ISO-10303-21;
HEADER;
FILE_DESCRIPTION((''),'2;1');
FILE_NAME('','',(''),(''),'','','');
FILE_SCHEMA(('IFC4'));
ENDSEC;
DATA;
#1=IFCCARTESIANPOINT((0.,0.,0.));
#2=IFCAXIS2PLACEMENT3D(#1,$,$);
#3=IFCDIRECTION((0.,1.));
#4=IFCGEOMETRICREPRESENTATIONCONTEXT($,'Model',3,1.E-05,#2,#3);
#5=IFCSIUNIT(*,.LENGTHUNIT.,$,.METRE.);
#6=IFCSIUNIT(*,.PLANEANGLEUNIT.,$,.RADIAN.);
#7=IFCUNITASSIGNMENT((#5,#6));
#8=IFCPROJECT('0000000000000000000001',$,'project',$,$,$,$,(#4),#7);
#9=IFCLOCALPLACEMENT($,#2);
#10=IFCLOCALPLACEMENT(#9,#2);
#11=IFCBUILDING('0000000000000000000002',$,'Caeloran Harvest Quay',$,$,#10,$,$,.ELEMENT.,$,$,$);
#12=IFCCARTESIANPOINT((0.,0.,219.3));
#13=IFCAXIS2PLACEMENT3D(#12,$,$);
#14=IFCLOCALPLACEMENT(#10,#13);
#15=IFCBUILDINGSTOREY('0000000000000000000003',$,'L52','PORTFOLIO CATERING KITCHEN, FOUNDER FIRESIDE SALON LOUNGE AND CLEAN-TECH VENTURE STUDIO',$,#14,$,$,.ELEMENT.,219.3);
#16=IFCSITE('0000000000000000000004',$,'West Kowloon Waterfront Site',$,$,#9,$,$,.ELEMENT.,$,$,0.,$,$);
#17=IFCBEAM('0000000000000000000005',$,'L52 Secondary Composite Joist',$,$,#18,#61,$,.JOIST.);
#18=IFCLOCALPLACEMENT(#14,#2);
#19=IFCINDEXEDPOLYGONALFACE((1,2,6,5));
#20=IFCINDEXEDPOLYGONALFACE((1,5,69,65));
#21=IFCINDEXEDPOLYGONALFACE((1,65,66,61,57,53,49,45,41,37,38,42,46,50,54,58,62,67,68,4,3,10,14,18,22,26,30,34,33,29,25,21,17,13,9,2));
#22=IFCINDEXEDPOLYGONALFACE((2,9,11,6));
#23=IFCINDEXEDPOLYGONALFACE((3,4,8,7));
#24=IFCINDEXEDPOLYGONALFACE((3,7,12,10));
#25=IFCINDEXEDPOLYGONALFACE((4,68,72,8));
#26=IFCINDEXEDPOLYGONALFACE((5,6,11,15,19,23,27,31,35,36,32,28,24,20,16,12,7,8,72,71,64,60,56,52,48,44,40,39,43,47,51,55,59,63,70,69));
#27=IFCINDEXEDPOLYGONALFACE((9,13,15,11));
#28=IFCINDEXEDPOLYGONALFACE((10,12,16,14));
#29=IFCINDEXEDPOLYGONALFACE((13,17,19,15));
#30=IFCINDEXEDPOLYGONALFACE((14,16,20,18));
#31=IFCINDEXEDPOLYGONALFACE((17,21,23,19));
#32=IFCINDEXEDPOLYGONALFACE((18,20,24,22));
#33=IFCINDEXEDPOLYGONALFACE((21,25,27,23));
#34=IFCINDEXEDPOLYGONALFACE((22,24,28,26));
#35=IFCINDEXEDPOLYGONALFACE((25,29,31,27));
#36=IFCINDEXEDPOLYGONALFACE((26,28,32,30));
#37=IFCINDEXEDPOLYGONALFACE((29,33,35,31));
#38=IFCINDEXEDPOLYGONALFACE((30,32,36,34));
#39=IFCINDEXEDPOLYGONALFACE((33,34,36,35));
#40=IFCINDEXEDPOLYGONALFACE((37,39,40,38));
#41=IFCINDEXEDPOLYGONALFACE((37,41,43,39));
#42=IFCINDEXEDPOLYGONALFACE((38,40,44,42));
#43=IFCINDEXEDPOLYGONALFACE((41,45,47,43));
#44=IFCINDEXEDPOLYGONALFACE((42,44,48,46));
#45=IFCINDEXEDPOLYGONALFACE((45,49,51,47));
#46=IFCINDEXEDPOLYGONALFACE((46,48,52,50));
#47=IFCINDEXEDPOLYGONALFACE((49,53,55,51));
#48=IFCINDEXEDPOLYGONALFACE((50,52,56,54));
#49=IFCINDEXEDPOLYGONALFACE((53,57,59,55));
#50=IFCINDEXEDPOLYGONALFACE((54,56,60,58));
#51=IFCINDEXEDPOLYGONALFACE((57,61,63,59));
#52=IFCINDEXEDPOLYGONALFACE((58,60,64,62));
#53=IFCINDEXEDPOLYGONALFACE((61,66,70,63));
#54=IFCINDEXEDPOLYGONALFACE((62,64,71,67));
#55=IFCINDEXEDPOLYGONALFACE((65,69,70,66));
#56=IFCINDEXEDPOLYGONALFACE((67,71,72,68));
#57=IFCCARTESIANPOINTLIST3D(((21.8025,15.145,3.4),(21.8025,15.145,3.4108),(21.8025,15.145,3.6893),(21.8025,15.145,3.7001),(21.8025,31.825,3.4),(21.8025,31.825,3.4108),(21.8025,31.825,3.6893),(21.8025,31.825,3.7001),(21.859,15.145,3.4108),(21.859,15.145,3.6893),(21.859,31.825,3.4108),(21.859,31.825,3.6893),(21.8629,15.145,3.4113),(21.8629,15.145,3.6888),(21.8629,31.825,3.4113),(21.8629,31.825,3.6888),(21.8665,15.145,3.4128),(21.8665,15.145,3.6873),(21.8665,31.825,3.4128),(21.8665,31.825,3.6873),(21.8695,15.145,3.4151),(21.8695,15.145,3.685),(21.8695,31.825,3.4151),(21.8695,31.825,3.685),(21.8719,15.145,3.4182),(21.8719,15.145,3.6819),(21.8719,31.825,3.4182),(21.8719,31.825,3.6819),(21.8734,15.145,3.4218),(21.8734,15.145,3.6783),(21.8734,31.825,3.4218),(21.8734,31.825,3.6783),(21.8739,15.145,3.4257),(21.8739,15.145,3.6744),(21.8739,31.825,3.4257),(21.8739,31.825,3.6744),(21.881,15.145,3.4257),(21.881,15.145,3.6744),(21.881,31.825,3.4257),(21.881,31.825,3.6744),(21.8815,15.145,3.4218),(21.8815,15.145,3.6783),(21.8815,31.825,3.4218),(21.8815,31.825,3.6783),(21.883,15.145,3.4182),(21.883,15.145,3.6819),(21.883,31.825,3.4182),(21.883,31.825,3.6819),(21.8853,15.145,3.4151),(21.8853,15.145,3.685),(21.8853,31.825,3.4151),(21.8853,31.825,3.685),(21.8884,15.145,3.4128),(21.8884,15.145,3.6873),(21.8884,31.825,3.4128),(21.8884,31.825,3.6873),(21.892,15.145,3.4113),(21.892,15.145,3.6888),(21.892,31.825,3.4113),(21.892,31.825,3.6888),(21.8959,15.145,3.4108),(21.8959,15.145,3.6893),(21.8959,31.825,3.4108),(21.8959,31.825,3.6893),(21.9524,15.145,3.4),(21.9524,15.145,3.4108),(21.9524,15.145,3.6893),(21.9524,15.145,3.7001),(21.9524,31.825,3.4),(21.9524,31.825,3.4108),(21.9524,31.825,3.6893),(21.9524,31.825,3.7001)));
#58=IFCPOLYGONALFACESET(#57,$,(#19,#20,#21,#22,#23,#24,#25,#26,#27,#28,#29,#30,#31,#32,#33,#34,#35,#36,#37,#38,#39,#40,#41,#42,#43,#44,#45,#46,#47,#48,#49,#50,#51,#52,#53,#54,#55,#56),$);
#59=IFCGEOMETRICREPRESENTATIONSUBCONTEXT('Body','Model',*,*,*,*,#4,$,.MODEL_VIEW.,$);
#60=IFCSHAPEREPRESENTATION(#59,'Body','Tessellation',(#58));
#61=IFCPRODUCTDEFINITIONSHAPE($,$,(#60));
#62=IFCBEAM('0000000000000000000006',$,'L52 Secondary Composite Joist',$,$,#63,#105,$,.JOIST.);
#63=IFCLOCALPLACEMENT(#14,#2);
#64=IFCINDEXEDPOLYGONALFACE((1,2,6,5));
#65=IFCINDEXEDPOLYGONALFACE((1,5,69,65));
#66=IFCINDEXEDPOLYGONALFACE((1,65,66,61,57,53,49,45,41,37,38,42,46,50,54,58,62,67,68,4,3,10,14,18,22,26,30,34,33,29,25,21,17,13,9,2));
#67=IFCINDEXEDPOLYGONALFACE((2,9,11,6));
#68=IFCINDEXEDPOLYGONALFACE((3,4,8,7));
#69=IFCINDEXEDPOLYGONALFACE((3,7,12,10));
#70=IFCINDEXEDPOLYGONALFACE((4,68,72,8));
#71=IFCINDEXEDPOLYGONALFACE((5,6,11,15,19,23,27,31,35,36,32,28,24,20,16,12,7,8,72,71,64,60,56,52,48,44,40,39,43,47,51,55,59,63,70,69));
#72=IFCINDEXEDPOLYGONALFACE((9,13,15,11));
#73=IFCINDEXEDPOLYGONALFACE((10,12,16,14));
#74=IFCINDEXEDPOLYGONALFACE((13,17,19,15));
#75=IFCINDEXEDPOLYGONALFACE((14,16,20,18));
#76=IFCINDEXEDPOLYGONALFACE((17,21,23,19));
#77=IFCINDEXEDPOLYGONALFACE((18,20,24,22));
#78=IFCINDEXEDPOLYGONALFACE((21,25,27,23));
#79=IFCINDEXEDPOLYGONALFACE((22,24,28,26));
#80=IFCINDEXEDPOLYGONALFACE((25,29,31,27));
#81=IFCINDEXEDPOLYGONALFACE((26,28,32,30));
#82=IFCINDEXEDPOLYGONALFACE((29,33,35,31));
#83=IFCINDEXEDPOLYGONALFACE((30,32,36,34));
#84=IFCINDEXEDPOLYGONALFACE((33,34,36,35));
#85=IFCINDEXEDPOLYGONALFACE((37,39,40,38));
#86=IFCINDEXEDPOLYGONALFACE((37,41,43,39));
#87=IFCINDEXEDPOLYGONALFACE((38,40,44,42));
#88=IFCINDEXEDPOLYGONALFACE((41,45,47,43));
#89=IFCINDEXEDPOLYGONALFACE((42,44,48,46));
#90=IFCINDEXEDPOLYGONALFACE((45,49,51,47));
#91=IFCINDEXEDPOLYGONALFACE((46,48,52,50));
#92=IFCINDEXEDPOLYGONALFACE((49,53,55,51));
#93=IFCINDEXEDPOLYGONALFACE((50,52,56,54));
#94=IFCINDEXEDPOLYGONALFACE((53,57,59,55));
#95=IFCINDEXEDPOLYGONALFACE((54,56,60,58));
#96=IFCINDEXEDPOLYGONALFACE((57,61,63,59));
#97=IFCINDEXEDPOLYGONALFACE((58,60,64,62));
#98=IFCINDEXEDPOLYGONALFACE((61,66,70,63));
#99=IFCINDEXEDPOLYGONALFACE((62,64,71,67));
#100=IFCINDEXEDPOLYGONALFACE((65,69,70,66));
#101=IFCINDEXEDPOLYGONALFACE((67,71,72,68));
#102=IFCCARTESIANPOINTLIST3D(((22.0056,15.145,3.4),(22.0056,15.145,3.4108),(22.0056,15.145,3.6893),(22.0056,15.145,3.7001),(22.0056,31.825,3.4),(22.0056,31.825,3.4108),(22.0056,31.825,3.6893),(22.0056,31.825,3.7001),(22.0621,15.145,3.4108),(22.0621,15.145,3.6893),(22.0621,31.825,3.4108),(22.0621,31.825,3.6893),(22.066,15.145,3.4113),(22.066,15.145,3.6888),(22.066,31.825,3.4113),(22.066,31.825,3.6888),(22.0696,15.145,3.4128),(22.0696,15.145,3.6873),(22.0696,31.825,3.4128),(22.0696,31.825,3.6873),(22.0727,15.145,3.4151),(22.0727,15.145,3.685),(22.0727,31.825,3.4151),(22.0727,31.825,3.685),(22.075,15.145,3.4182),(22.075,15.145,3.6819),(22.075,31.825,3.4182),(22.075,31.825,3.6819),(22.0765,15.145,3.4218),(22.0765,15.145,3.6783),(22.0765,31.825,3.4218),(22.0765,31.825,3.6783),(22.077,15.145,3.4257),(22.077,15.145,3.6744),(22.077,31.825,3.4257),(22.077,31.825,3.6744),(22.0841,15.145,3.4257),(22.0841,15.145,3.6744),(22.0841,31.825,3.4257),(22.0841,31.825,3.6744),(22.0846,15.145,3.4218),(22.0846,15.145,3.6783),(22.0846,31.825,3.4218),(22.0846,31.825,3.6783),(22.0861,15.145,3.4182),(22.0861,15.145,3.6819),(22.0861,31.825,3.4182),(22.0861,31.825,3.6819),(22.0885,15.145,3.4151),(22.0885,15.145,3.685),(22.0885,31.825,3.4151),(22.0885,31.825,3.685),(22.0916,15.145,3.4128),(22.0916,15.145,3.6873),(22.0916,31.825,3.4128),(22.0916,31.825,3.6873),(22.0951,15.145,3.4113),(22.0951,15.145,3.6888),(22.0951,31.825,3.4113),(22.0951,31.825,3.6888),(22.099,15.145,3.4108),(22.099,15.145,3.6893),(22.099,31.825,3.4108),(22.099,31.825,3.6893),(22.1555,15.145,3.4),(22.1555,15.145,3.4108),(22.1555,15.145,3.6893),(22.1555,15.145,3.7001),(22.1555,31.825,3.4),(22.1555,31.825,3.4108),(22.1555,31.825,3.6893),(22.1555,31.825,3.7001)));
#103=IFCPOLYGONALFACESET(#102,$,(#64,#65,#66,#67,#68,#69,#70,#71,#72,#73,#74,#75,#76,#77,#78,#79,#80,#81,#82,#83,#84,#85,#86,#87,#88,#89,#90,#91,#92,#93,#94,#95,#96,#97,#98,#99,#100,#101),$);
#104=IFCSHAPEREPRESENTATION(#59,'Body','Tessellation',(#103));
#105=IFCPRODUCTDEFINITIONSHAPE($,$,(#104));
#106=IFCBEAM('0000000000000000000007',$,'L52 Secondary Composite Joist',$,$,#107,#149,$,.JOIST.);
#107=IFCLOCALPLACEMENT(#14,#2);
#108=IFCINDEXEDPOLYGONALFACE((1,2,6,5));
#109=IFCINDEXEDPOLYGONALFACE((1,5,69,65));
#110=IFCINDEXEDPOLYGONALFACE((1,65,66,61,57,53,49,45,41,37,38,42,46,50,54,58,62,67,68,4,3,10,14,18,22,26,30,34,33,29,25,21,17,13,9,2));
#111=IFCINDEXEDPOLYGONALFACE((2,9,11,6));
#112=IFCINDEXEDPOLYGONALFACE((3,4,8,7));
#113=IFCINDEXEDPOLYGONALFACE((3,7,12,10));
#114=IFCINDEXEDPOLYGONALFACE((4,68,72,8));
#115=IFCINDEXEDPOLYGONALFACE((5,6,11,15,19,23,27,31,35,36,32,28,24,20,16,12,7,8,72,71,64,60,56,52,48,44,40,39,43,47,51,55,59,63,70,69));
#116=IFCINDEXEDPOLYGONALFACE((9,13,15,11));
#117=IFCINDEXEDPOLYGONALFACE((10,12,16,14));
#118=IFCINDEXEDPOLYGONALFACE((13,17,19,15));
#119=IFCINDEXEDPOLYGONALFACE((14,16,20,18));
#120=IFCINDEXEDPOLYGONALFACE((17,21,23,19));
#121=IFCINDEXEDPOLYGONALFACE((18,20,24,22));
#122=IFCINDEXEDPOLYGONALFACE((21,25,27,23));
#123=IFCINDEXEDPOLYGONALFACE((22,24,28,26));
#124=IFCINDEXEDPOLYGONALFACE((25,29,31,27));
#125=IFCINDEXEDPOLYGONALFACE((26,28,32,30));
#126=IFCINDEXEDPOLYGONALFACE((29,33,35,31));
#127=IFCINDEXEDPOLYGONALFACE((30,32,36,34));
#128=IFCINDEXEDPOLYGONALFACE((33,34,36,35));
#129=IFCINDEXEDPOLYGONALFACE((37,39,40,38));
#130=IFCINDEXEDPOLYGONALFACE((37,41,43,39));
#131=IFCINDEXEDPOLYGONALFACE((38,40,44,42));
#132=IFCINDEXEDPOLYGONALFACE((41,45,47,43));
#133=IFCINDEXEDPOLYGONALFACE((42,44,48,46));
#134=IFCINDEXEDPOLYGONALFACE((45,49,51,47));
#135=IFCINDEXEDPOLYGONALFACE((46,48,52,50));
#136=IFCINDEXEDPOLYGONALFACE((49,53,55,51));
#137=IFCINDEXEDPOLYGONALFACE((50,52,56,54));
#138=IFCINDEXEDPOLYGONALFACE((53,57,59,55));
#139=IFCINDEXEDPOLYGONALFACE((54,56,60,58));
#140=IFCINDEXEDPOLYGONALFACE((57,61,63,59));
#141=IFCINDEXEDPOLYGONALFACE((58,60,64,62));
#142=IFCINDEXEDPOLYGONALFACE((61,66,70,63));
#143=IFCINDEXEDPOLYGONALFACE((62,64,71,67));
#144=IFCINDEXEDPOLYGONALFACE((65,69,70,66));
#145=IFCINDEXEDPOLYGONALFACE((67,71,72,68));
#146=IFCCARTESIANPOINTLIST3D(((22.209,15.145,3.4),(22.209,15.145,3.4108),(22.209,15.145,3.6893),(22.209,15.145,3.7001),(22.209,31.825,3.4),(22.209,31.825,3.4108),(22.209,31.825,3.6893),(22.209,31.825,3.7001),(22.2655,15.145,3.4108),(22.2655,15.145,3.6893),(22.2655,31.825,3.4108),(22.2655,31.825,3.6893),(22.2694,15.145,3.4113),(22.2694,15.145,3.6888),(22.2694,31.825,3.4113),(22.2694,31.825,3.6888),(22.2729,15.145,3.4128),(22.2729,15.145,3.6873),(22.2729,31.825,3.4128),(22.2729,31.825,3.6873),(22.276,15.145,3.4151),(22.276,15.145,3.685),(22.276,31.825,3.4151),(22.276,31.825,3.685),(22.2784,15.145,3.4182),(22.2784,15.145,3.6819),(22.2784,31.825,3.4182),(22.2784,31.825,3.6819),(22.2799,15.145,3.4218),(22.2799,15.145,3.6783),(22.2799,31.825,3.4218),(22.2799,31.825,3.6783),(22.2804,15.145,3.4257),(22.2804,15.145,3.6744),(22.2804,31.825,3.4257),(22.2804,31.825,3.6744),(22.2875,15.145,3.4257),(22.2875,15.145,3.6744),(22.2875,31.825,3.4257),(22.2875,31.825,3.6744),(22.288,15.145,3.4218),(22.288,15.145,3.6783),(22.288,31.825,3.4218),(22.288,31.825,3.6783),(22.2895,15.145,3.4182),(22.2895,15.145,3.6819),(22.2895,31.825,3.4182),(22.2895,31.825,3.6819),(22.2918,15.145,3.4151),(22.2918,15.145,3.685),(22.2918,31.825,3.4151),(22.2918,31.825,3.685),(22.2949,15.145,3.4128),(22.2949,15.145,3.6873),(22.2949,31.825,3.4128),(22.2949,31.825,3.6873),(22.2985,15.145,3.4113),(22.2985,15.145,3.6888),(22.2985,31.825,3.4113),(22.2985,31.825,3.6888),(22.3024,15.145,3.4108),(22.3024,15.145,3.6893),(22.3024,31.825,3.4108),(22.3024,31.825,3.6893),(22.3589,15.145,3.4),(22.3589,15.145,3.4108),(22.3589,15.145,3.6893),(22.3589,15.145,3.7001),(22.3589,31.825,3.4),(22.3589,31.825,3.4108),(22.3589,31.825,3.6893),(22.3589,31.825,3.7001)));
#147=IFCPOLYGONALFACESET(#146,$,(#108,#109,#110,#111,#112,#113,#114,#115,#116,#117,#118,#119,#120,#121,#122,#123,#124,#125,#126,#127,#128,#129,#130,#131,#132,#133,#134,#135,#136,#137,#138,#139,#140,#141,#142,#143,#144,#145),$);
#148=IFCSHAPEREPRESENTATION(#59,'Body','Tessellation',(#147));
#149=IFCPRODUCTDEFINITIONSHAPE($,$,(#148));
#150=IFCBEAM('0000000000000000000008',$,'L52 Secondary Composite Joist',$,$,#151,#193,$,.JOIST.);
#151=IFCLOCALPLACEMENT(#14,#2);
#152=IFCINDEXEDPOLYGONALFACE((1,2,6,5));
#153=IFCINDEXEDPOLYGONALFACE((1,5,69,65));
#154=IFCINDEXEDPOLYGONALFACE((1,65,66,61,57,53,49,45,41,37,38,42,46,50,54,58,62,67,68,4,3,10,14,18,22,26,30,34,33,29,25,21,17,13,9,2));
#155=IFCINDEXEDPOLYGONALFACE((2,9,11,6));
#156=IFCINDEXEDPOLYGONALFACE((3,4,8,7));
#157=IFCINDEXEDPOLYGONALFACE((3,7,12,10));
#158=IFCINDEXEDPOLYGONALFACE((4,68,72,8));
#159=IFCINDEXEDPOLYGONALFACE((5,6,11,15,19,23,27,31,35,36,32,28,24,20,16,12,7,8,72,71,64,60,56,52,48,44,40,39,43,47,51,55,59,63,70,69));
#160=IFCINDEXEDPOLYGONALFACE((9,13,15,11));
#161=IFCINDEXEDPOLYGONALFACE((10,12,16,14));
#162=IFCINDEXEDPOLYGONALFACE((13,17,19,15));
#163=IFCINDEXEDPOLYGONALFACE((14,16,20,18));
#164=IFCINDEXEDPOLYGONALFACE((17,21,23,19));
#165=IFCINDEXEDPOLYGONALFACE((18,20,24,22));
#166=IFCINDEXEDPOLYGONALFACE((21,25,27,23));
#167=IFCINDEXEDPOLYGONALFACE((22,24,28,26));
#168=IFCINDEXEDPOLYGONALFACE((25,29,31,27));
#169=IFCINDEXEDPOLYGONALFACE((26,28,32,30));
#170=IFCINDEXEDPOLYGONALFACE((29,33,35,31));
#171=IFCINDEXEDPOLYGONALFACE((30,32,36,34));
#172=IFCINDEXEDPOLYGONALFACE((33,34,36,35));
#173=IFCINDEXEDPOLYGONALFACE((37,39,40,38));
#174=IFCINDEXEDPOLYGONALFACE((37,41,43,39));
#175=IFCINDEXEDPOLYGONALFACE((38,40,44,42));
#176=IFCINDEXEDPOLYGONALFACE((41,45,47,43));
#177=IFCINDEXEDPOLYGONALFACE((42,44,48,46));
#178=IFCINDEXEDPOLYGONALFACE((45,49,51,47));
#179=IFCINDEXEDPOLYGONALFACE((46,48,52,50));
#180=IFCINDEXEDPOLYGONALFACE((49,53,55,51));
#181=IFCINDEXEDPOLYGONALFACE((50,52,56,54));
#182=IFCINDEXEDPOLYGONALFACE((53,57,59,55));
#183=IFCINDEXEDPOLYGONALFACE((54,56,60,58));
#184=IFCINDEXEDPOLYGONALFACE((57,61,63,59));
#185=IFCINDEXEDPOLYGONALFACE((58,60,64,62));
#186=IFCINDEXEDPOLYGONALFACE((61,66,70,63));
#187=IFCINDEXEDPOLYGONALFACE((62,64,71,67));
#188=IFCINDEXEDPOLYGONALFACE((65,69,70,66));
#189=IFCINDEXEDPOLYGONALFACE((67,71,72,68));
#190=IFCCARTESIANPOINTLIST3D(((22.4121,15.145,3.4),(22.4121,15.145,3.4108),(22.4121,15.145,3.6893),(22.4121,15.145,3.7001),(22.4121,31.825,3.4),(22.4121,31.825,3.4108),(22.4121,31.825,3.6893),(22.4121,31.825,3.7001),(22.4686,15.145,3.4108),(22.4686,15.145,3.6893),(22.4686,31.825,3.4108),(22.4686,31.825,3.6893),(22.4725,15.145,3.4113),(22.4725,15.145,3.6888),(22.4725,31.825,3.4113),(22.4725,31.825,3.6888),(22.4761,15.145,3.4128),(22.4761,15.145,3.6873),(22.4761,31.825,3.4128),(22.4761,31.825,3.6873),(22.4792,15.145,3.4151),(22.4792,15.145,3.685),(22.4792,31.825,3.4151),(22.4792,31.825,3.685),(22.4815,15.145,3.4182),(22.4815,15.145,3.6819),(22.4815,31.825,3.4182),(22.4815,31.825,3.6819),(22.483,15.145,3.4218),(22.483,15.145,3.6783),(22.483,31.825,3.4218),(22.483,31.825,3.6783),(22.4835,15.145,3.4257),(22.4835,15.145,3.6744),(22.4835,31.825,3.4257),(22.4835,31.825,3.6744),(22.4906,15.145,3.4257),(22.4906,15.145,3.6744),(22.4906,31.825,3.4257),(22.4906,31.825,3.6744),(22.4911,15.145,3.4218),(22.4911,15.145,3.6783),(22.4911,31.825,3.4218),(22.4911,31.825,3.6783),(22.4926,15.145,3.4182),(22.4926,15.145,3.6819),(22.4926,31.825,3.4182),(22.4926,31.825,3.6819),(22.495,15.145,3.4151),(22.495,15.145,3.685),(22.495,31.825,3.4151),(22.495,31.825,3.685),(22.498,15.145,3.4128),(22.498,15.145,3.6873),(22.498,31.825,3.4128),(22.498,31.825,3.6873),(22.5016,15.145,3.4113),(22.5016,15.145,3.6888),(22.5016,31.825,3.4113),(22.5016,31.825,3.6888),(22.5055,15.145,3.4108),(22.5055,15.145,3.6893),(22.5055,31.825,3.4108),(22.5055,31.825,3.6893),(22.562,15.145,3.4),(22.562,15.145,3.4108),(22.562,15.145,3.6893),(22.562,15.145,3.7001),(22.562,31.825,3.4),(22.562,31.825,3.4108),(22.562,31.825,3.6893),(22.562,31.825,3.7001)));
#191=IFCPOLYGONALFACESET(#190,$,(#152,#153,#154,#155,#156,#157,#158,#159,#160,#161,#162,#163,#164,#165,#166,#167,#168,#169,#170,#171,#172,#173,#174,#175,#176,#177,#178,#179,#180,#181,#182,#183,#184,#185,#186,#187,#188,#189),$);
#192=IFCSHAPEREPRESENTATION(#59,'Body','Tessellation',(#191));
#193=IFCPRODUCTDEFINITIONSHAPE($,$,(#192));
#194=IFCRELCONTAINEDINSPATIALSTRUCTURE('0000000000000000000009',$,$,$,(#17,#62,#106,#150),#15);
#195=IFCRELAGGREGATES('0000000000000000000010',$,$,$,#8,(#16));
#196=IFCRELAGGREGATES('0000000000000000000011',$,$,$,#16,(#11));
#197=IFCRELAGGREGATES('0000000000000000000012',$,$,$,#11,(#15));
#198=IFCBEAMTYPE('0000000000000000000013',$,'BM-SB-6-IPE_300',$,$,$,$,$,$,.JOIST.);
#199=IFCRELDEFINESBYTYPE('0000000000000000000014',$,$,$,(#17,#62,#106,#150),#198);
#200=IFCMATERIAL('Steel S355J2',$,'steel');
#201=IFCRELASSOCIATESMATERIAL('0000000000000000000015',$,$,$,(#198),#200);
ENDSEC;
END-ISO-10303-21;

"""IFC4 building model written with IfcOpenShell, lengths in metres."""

from ifc_helpers import new_model, si_unit, direction, frame, origin, origin_2d, place, context, subcontext, project, spatial, i_section, extrude, material, material_profile, profile_set, type_object, element, save


model = new_model("IFC4")

# Units and contexts
model_context = context("Model", 3, precision=1e-05, world=origin(), true_north=direction((0.0, 1.0)))
body_context = subcontext(model_context, "Body", "Model", "MODEL_VIEW")
ifc_project = project(units=[si_unit("LENGTHUNIT", "METRE"), si_unit("PLANEANGLEUNIT", "RADIAN")], contexts=[model_context])

# Site, building, storey
site_placement = place(None, origin())
site = spatial("IfcSite", under=ifc_project, at=site_placement, Name="West Kowloon Waterfront Site", CompositionType="ELEMENT", RefElevation=0.0)
building_placement = place(site_placement, origin())
building = spatial("IfcBuilding", under=site, at=building_placement, Name="Caeloran Harvest Quay", CompositionType="ELEMENT")
storey_placement = place(building_placement, frame((0.0, 0.0, 219.3)))
storey = spatial("IfcBuildingStorey", under=building, at=storey_placement, Name="L52", Description="PORTFOLIO CATERING KITCHEN, FOUNDER FIRESIDE SALON LOUNGE AND CLEAN-TECH VENTURE STUDIO", CompositionType="ELEMENT", Elevation=219.3)

# Beams
ifc_material_1 = material(Name="Steel S355J2", Category="steel")
ifc_material_profile_1 = material_profile(ifc_material_1, i_section(OverallWidth=0.1499, OverallDepth=0.3, WebThickness=0.0071, FlangeThickness=0.0107, FilletRadius=0.0149, at=origin_2d()), Name="IPE 300")
ifc_profile_set_1 = profile_set([ifc_material_profile_1], Name="Steel S355J2")
beam_type_1 = type_object("IfcBeamType", Name="BM-SB-6-IPE_300", PredefinedType="JOIST", material=ifc_profile_set_1)
for number, where, z_axis, x_axis, name in (
    (1, (21.8774, 15.145, 3.55), (0.0, 1.0, 0.0), (-1.0, 0.0, 0.0), "L52 Secondary Composite Joist"),
    (2, (22.0806, 15.145, 3.55), (0.0, 1.0, 0.0), (-1.0, 0.0, 0.0), "L52 Secondary Composite Joist"),
    (3, (22.2839, 15.145, 3.55), (0.0, 1.0, 0.0), (-1.0, 0.0, 0.0), "L52 Secondary Composite Joist"),
    (4, (22.4871, 15.145, 3.55), (0.0, 1.0, 0.0), (-1.0, 0.0, 0.0), "L52 Secondary Composite Joist"),
):
    element("IfcBeam", number, at=place(storey_placement, frame(where, z_axis=z_axis, x_axis=x_axis)), inside=storey, type_object=beam_type_1, Name=name, PredefinedType="JOIST", context=body_context, shape_type="SweptSolid", body=[
        extrude(i_section(OverallWidth=0.1499, OverallDepth=0.3, WebThickness=0.0071, FlangeThickness=0.0107, FilletRadius=0.0149, at=origin_2d()), origin(), (0.0, 0.0, 1.0), 16.6799),
    ])

save(model, "model.ifc")
